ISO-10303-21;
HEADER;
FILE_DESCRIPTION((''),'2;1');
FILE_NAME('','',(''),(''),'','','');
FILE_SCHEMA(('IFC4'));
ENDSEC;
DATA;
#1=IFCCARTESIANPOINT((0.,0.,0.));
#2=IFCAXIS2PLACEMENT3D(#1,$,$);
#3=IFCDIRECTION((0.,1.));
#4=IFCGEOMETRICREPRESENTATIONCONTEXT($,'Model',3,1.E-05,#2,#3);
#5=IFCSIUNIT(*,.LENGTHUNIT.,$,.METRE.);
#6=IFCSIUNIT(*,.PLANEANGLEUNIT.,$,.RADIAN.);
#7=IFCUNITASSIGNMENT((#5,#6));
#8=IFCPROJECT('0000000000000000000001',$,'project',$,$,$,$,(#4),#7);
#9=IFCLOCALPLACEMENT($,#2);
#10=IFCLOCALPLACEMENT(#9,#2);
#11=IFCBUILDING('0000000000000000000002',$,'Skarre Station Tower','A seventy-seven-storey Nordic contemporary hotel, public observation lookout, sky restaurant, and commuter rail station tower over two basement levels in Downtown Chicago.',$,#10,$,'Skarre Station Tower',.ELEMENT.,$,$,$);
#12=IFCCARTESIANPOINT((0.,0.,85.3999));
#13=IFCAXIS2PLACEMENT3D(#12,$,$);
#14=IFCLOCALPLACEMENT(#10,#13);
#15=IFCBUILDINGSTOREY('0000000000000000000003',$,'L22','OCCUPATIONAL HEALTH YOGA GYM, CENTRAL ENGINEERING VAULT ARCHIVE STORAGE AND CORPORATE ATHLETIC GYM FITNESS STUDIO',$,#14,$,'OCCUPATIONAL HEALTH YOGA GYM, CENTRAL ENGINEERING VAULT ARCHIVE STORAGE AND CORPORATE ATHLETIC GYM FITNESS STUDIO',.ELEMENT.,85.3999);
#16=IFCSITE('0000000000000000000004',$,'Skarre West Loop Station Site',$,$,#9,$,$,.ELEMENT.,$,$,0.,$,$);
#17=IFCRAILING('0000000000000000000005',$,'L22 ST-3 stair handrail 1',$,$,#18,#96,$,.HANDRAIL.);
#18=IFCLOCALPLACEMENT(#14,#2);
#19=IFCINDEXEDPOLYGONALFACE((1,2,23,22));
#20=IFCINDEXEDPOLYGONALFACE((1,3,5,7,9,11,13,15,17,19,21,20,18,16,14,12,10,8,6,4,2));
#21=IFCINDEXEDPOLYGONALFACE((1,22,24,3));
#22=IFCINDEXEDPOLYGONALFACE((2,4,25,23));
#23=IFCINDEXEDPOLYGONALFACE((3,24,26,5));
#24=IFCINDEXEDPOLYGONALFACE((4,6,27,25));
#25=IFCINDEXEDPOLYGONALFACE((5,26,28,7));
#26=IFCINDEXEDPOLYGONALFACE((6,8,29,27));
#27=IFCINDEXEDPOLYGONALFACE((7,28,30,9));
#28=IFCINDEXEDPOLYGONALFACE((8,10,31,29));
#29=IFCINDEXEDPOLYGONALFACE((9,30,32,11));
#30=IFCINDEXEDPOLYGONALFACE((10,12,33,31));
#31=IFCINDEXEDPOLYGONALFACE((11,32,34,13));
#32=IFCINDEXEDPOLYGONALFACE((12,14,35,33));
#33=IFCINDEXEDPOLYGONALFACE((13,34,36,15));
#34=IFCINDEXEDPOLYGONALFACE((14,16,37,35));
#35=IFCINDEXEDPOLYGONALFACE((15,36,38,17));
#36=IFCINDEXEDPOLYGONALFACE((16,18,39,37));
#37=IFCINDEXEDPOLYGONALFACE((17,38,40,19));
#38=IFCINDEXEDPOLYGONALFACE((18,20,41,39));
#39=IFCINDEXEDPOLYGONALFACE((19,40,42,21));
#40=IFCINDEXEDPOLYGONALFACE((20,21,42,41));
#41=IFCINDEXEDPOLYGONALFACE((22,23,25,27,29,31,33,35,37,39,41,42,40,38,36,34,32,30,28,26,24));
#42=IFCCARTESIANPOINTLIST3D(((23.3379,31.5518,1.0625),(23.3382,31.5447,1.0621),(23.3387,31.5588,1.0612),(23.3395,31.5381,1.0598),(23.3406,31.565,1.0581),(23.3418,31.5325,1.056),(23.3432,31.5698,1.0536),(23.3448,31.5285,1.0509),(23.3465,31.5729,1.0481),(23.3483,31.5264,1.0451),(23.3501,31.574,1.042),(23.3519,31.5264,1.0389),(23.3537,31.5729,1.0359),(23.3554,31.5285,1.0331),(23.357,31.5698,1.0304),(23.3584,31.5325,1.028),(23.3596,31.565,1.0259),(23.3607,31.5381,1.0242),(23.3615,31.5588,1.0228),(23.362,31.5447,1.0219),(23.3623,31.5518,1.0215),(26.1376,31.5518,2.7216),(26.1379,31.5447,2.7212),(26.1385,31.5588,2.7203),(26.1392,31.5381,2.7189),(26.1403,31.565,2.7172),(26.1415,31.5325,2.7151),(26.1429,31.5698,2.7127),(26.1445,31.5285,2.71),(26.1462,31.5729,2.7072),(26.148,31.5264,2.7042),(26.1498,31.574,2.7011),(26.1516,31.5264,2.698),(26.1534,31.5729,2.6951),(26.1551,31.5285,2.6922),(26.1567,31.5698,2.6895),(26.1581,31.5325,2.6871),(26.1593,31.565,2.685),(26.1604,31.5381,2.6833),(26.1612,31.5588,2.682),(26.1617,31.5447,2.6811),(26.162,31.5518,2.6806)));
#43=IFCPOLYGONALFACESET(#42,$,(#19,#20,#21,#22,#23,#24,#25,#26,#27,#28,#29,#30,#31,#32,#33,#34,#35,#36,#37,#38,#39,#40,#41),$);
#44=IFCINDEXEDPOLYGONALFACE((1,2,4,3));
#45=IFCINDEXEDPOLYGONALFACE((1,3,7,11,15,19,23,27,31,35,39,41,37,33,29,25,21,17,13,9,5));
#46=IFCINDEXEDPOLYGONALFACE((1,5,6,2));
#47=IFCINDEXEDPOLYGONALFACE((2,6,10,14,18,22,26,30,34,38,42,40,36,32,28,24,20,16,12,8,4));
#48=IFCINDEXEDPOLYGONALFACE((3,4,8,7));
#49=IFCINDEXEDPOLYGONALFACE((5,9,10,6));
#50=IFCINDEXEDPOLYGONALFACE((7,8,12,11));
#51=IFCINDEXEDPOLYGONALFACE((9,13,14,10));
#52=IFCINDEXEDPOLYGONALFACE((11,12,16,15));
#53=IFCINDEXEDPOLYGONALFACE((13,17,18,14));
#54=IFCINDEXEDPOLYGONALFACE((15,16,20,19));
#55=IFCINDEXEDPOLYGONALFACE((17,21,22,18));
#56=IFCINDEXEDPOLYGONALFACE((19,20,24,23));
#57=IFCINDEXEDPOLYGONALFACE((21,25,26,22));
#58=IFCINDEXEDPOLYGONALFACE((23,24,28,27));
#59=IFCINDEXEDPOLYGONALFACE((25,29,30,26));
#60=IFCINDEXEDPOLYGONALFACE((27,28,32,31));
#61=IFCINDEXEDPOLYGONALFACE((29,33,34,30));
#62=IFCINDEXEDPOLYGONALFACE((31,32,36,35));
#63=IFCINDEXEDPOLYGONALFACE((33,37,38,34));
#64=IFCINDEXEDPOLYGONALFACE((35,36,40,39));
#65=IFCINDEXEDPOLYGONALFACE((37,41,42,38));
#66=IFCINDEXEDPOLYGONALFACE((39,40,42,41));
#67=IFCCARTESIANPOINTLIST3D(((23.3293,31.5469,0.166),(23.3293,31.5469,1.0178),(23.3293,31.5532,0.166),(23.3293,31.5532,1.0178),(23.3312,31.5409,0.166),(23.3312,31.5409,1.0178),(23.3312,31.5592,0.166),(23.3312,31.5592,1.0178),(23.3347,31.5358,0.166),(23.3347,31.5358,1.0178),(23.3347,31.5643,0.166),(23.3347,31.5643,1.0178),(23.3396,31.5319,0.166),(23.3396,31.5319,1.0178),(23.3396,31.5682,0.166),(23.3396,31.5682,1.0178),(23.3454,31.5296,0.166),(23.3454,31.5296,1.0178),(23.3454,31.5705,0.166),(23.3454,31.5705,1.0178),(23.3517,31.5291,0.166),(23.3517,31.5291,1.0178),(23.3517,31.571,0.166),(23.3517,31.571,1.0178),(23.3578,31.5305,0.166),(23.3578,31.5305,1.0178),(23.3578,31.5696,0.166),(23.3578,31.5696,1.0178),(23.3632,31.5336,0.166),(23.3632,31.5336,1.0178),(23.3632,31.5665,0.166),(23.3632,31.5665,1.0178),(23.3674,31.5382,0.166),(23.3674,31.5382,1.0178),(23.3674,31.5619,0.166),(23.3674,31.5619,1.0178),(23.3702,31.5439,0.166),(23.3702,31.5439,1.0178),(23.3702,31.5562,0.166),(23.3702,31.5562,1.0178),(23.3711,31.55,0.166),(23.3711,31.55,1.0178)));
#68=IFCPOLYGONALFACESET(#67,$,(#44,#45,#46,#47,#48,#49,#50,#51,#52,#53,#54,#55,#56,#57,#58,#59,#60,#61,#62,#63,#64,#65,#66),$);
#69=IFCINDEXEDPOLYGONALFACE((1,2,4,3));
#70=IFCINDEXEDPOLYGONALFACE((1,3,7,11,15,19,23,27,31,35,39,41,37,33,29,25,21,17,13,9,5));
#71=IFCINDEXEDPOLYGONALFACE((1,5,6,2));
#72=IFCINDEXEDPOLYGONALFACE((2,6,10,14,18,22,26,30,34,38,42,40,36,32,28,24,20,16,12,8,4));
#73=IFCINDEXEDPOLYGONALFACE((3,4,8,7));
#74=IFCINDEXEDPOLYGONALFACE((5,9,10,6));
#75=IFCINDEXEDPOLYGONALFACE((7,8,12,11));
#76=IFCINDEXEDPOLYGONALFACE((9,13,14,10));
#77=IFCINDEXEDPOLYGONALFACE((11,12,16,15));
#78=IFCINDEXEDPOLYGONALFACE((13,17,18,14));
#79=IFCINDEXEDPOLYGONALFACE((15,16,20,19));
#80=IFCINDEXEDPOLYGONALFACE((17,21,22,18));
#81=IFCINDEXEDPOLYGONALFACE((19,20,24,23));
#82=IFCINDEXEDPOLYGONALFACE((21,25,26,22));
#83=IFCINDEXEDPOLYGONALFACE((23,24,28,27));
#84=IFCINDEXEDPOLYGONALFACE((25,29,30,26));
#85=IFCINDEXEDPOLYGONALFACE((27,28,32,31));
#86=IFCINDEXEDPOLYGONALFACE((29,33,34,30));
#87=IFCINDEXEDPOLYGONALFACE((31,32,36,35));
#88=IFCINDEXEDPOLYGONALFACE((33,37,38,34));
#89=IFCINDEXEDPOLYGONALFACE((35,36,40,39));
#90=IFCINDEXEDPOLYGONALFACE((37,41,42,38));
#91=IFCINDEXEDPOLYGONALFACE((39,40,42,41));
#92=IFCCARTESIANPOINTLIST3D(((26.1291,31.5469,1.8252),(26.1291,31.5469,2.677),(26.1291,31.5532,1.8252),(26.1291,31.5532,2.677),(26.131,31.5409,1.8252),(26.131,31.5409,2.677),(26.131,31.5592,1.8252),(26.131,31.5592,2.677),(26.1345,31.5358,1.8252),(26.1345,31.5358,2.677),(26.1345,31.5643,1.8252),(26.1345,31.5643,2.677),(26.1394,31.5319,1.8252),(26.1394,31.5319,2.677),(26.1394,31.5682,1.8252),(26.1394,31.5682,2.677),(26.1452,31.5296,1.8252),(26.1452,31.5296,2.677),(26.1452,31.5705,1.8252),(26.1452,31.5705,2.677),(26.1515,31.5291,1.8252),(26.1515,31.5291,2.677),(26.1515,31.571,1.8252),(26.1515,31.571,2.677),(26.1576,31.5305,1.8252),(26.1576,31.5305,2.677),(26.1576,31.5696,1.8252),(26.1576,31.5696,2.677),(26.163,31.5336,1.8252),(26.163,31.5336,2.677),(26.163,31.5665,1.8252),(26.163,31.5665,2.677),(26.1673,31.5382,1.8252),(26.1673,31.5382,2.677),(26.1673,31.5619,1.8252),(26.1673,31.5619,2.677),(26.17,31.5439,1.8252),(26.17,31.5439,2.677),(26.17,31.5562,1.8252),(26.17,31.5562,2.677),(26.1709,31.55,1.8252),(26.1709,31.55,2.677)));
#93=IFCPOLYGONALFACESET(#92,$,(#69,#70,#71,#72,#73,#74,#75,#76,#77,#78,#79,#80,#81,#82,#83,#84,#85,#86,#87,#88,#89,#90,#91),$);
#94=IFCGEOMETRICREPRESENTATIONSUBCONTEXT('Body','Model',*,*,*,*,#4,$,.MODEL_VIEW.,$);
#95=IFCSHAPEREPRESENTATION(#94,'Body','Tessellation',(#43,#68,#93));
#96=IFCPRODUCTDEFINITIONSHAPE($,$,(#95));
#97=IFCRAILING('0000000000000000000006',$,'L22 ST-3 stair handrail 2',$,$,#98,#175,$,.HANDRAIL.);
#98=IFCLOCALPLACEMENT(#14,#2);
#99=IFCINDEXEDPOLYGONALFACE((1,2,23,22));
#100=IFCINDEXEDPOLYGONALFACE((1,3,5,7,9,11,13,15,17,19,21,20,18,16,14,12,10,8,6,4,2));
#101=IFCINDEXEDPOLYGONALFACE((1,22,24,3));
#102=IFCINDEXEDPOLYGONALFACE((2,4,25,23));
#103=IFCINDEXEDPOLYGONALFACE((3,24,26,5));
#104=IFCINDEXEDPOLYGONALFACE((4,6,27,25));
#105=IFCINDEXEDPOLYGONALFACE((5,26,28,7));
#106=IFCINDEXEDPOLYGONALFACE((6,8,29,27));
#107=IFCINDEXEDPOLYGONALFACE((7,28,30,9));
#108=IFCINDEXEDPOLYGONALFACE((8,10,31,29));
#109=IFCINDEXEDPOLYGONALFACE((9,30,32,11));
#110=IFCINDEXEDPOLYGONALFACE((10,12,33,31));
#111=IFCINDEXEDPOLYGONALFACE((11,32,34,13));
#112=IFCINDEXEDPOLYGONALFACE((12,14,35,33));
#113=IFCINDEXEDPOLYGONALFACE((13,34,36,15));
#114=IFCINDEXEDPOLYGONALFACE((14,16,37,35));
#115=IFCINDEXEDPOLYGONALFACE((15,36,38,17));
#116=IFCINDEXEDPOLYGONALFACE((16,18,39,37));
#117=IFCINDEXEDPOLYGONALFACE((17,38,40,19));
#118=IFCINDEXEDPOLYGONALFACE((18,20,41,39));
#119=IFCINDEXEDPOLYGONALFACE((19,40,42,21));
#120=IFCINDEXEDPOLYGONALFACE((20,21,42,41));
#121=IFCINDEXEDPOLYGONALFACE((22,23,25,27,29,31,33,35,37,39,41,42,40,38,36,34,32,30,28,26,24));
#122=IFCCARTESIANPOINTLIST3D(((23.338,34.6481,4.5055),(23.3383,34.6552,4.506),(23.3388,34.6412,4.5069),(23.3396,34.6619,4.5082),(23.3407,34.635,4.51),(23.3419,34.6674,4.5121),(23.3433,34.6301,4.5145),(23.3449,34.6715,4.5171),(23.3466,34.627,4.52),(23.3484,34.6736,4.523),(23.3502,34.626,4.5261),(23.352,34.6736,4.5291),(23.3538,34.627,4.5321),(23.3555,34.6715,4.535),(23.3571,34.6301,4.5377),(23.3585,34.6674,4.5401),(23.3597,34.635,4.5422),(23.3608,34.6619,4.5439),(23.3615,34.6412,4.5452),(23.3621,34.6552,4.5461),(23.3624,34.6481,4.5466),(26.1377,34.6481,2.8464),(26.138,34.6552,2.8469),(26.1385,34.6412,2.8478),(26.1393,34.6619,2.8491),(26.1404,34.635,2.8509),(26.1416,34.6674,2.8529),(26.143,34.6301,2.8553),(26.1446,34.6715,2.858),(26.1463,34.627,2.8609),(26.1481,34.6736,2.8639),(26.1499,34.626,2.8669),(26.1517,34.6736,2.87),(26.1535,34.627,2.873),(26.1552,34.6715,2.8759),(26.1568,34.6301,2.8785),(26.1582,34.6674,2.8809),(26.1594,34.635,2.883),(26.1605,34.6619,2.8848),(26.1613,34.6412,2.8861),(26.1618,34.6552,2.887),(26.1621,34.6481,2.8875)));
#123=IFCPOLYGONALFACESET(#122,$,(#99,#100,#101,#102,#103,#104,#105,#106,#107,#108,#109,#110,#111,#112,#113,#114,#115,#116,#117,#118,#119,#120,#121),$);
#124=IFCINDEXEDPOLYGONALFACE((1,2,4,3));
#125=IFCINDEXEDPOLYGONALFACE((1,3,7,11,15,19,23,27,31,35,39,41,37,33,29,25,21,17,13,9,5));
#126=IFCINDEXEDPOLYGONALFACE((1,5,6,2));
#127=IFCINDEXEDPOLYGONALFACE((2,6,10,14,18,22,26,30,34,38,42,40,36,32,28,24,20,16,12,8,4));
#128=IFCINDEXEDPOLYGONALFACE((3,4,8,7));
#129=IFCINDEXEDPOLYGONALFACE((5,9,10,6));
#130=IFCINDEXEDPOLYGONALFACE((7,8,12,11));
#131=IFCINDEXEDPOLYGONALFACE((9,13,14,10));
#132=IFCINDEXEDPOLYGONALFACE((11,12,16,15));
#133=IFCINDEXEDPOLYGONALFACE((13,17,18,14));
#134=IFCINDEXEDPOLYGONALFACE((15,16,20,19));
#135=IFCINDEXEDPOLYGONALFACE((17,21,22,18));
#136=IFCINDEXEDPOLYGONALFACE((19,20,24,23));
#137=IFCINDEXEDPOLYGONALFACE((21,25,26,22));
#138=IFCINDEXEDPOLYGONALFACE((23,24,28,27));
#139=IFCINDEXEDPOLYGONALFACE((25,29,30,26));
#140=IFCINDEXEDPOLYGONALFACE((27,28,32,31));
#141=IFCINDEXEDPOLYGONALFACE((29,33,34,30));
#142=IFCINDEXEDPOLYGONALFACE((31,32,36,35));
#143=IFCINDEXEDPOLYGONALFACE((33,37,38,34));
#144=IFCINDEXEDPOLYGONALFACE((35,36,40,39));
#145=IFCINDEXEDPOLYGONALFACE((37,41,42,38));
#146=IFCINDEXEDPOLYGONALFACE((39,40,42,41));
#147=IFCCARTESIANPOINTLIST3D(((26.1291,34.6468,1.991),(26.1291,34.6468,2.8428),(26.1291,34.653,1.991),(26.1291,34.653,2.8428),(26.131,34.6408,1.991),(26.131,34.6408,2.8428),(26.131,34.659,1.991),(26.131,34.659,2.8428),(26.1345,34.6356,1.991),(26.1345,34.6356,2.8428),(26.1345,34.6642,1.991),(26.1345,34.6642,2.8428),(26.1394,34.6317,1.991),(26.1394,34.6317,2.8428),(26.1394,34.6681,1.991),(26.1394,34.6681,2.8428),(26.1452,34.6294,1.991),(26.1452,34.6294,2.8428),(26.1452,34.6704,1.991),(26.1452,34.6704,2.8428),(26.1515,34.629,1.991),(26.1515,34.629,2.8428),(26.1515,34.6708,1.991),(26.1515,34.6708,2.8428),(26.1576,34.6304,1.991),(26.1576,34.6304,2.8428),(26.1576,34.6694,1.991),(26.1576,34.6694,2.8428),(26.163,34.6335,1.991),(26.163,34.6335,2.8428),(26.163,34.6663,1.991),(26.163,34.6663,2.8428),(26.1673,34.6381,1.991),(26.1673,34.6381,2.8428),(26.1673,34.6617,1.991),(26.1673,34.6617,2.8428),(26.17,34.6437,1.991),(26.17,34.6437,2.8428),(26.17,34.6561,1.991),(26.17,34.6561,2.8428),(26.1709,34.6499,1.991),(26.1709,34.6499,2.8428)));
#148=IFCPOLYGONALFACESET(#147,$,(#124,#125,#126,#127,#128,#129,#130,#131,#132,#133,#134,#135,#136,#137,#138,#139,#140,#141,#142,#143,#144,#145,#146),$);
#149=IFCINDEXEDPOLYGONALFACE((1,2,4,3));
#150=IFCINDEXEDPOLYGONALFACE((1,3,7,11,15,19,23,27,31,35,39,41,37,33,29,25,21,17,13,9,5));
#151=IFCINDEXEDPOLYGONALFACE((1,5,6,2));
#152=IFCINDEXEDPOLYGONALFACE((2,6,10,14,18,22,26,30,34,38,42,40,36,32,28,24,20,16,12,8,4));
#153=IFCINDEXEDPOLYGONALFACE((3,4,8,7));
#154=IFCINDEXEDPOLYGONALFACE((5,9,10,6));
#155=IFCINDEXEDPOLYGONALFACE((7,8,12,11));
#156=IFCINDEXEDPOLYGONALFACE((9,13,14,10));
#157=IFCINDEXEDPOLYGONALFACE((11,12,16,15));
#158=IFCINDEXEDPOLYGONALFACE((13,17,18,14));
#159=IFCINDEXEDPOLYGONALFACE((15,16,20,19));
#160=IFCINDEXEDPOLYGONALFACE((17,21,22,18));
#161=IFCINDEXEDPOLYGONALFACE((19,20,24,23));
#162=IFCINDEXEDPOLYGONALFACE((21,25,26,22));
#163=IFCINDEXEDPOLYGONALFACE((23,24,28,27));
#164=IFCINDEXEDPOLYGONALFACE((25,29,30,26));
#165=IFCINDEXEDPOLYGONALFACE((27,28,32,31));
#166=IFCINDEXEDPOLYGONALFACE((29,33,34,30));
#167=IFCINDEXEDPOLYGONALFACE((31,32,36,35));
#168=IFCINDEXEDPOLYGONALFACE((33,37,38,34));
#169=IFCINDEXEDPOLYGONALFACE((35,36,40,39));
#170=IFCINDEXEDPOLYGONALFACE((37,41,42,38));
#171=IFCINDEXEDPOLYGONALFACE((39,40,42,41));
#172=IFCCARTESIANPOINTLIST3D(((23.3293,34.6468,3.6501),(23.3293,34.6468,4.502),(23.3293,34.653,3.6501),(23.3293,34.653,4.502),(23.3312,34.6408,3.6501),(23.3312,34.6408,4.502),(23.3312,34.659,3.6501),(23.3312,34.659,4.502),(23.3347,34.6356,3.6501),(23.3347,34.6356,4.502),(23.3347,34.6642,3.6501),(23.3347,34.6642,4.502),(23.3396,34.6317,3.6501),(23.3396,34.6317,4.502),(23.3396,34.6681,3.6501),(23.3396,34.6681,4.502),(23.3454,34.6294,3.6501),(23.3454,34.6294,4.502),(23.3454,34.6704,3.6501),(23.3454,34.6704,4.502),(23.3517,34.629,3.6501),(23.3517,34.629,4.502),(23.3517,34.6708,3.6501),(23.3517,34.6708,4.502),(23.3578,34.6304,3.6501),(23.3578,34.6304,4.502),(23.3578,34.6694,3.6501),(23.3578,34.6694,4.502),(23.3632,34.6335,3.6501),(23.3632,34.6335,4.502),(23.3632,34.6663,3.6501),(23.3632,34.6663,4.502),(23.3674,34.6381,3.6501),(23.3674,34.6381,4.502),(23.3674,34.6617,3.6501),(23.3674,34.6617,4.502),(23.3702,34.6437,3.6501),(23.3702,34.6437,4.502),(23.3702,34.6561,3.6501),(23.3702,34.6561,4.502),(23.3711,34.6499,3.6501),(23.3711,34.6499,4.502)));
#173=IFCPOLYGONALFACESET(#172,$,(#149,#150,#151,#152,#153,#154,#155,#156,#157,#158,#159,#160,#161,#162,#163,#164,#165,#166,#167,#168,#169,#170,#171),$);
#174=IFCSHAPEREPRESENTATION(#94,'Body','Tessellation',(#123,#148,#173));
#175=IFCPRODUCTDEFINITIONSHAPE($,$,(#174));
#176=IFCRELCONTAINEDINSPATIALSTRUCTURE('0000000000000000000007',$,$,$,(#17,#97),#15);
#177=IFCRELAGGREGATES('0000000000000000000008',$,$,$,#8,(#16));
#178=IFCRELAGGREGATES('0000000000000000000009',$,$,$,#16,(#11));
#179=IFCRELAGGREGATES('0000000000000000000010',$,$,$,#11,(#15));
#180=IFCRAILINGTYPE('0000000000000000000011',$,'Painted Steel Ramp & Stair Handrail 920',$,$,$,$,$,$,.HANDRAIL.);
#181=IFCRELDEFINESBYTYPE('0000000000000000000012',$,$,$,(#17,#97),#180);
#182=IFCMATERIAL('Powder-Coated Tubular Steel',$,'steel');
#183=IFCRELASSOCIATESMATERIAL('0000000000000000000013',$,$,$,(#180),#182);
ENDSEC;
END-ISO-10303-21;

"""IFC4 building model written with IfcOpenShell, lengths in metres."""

from ifc_helpers import new_model, si_unit, direction, frame, origin, origin_2d, place, context, subcontext, project, spatial, circle, extrude, material, type_object, element, save


model = new_model("IFC4")

# Units and contexts
model_context = context("Model", 3, precision=1e-05, world=origin(), true_north=direction((0.0, 1.0)))
body_context = subcontext(model_context, "Body", "Model", "MODEL_VIEW")
ifc_project = project(units=[si_unit("LENGTHUNIT", "METRE"), si_unit("PLANEANGLEUNIT", "RADIAN")], contexts=[model_context])

# Site, building, storey
site_placement = place(None, origin())
site = spatial("IfcSite", under=ifc_project, at=site_placement, Name="Skarre West Loop Station Site", CompositionType="ELEMENT", RefElevation=0.0)
building_placement = place(site_placement, origin())
building = spatial("IfcBuilding", under=site, at=building_placement, Name="Skarre Station Tower", Description="A seventy-seven-storey Nordic contemporary hotel, public observation lookout, sky restaurant, and commuter rail station tower over two basement levels in Downtown Chicago.", LongName="Skarre Station Tower", CompositionType="ELEMENT")
storey_placement = place(building_placement, frame((0.0, 0.0, 85.3999)))
storey = spatial("IfcBuildingStorey", under=building, at=storey_placement, Name="L22", Description="OCCUPATIONAL HEALTH YOGA GYM, CENTRAL ENGINEERING VAULT ARCHIVE STORAGE AND CORPORATE ATHLETIC GYM FITNESS STUDIO", LongName="OCCUPATIONAL HEALTH YOGA GYM, CENTRAL ENGINEERING VAULT ARCHIVE STORAGE AND CORPORATE ATHLETIC GYM FITNESS STUDIO", CompositionType="ELEMENT", Elevation=85.3999)

# Railings
ifc_material_1 = material(Name="Powder-Coated Tubular Steel", Category="steel")
railing_type_1 = type_object("IfcRailingType", Name="Painted Steel Ramp & Stair Handrail 920", PredefinedType="HANDRAIL", material=ifc_material_1)
railing_1_placement = place(storey_placement, frame((23.3501, 31.55, 0.166)))
element("IfcRailing", 1, at=railing_1_placement, inside=storey, type_object=railing_type_1, Name="L22 ST-3 stair handrail 1", PredefinedType="HANDRAIL", context=body_context, shape_type="SweptSolid", body=[
    extrude(circle(Radius=0.0239, at=origin_2d()), frame((0.0, 0.0, 0.876), z_axis=(0.860287, 0.0, 0.509811), x_axis=(0.0, 1.0, 0.0)), (0.0, 0.0, 1.0), 3.2544),
    extrude(circle(Radius=0.021, at=origin_2d()), origin(), (0.0, 0.0, 1.0), 0.8518),
    extrude(circle(Radius=0.021, at=origin_2d()), frame((2.7998, 0.0, 1.6592)), (0.0, 0.0, 1.0), 0.8518),
])
railing_2_placement = place(storey_placement, frame((26.1499, 34.6499, 1.991)))
element("IfcRailing", 2, at=railing_2_placement, inside=storey, type_object=railing_type_1, Name="L22 ST-3 stair handrail 2", PredefinedType="HANDRAIL", context=body_context, shape_type="SweptSolid", body=[
    extrude(circle(Radius=0.0239, at=origin_2d()), frame((0.0, 0.0, 0.876), z_axis=(-0.860287, 0.0, 0.509811), x_axis=(0.0, -1.0, 0.0)), (0.0, 0.0, 1.0), 3.2544),
    extrude(circle(Radius=0.021, at=origin_2d()), origin(), (0.0, 0.0, 1.0), 0.8518),
    extrude(circle(Radius=0.021, at=origin_2d()), frame((-2.7998, 0.0, 1.6592)), (0.0, 0.0, 1.0), 0.8518),
])

save(model, "model.ifc")
